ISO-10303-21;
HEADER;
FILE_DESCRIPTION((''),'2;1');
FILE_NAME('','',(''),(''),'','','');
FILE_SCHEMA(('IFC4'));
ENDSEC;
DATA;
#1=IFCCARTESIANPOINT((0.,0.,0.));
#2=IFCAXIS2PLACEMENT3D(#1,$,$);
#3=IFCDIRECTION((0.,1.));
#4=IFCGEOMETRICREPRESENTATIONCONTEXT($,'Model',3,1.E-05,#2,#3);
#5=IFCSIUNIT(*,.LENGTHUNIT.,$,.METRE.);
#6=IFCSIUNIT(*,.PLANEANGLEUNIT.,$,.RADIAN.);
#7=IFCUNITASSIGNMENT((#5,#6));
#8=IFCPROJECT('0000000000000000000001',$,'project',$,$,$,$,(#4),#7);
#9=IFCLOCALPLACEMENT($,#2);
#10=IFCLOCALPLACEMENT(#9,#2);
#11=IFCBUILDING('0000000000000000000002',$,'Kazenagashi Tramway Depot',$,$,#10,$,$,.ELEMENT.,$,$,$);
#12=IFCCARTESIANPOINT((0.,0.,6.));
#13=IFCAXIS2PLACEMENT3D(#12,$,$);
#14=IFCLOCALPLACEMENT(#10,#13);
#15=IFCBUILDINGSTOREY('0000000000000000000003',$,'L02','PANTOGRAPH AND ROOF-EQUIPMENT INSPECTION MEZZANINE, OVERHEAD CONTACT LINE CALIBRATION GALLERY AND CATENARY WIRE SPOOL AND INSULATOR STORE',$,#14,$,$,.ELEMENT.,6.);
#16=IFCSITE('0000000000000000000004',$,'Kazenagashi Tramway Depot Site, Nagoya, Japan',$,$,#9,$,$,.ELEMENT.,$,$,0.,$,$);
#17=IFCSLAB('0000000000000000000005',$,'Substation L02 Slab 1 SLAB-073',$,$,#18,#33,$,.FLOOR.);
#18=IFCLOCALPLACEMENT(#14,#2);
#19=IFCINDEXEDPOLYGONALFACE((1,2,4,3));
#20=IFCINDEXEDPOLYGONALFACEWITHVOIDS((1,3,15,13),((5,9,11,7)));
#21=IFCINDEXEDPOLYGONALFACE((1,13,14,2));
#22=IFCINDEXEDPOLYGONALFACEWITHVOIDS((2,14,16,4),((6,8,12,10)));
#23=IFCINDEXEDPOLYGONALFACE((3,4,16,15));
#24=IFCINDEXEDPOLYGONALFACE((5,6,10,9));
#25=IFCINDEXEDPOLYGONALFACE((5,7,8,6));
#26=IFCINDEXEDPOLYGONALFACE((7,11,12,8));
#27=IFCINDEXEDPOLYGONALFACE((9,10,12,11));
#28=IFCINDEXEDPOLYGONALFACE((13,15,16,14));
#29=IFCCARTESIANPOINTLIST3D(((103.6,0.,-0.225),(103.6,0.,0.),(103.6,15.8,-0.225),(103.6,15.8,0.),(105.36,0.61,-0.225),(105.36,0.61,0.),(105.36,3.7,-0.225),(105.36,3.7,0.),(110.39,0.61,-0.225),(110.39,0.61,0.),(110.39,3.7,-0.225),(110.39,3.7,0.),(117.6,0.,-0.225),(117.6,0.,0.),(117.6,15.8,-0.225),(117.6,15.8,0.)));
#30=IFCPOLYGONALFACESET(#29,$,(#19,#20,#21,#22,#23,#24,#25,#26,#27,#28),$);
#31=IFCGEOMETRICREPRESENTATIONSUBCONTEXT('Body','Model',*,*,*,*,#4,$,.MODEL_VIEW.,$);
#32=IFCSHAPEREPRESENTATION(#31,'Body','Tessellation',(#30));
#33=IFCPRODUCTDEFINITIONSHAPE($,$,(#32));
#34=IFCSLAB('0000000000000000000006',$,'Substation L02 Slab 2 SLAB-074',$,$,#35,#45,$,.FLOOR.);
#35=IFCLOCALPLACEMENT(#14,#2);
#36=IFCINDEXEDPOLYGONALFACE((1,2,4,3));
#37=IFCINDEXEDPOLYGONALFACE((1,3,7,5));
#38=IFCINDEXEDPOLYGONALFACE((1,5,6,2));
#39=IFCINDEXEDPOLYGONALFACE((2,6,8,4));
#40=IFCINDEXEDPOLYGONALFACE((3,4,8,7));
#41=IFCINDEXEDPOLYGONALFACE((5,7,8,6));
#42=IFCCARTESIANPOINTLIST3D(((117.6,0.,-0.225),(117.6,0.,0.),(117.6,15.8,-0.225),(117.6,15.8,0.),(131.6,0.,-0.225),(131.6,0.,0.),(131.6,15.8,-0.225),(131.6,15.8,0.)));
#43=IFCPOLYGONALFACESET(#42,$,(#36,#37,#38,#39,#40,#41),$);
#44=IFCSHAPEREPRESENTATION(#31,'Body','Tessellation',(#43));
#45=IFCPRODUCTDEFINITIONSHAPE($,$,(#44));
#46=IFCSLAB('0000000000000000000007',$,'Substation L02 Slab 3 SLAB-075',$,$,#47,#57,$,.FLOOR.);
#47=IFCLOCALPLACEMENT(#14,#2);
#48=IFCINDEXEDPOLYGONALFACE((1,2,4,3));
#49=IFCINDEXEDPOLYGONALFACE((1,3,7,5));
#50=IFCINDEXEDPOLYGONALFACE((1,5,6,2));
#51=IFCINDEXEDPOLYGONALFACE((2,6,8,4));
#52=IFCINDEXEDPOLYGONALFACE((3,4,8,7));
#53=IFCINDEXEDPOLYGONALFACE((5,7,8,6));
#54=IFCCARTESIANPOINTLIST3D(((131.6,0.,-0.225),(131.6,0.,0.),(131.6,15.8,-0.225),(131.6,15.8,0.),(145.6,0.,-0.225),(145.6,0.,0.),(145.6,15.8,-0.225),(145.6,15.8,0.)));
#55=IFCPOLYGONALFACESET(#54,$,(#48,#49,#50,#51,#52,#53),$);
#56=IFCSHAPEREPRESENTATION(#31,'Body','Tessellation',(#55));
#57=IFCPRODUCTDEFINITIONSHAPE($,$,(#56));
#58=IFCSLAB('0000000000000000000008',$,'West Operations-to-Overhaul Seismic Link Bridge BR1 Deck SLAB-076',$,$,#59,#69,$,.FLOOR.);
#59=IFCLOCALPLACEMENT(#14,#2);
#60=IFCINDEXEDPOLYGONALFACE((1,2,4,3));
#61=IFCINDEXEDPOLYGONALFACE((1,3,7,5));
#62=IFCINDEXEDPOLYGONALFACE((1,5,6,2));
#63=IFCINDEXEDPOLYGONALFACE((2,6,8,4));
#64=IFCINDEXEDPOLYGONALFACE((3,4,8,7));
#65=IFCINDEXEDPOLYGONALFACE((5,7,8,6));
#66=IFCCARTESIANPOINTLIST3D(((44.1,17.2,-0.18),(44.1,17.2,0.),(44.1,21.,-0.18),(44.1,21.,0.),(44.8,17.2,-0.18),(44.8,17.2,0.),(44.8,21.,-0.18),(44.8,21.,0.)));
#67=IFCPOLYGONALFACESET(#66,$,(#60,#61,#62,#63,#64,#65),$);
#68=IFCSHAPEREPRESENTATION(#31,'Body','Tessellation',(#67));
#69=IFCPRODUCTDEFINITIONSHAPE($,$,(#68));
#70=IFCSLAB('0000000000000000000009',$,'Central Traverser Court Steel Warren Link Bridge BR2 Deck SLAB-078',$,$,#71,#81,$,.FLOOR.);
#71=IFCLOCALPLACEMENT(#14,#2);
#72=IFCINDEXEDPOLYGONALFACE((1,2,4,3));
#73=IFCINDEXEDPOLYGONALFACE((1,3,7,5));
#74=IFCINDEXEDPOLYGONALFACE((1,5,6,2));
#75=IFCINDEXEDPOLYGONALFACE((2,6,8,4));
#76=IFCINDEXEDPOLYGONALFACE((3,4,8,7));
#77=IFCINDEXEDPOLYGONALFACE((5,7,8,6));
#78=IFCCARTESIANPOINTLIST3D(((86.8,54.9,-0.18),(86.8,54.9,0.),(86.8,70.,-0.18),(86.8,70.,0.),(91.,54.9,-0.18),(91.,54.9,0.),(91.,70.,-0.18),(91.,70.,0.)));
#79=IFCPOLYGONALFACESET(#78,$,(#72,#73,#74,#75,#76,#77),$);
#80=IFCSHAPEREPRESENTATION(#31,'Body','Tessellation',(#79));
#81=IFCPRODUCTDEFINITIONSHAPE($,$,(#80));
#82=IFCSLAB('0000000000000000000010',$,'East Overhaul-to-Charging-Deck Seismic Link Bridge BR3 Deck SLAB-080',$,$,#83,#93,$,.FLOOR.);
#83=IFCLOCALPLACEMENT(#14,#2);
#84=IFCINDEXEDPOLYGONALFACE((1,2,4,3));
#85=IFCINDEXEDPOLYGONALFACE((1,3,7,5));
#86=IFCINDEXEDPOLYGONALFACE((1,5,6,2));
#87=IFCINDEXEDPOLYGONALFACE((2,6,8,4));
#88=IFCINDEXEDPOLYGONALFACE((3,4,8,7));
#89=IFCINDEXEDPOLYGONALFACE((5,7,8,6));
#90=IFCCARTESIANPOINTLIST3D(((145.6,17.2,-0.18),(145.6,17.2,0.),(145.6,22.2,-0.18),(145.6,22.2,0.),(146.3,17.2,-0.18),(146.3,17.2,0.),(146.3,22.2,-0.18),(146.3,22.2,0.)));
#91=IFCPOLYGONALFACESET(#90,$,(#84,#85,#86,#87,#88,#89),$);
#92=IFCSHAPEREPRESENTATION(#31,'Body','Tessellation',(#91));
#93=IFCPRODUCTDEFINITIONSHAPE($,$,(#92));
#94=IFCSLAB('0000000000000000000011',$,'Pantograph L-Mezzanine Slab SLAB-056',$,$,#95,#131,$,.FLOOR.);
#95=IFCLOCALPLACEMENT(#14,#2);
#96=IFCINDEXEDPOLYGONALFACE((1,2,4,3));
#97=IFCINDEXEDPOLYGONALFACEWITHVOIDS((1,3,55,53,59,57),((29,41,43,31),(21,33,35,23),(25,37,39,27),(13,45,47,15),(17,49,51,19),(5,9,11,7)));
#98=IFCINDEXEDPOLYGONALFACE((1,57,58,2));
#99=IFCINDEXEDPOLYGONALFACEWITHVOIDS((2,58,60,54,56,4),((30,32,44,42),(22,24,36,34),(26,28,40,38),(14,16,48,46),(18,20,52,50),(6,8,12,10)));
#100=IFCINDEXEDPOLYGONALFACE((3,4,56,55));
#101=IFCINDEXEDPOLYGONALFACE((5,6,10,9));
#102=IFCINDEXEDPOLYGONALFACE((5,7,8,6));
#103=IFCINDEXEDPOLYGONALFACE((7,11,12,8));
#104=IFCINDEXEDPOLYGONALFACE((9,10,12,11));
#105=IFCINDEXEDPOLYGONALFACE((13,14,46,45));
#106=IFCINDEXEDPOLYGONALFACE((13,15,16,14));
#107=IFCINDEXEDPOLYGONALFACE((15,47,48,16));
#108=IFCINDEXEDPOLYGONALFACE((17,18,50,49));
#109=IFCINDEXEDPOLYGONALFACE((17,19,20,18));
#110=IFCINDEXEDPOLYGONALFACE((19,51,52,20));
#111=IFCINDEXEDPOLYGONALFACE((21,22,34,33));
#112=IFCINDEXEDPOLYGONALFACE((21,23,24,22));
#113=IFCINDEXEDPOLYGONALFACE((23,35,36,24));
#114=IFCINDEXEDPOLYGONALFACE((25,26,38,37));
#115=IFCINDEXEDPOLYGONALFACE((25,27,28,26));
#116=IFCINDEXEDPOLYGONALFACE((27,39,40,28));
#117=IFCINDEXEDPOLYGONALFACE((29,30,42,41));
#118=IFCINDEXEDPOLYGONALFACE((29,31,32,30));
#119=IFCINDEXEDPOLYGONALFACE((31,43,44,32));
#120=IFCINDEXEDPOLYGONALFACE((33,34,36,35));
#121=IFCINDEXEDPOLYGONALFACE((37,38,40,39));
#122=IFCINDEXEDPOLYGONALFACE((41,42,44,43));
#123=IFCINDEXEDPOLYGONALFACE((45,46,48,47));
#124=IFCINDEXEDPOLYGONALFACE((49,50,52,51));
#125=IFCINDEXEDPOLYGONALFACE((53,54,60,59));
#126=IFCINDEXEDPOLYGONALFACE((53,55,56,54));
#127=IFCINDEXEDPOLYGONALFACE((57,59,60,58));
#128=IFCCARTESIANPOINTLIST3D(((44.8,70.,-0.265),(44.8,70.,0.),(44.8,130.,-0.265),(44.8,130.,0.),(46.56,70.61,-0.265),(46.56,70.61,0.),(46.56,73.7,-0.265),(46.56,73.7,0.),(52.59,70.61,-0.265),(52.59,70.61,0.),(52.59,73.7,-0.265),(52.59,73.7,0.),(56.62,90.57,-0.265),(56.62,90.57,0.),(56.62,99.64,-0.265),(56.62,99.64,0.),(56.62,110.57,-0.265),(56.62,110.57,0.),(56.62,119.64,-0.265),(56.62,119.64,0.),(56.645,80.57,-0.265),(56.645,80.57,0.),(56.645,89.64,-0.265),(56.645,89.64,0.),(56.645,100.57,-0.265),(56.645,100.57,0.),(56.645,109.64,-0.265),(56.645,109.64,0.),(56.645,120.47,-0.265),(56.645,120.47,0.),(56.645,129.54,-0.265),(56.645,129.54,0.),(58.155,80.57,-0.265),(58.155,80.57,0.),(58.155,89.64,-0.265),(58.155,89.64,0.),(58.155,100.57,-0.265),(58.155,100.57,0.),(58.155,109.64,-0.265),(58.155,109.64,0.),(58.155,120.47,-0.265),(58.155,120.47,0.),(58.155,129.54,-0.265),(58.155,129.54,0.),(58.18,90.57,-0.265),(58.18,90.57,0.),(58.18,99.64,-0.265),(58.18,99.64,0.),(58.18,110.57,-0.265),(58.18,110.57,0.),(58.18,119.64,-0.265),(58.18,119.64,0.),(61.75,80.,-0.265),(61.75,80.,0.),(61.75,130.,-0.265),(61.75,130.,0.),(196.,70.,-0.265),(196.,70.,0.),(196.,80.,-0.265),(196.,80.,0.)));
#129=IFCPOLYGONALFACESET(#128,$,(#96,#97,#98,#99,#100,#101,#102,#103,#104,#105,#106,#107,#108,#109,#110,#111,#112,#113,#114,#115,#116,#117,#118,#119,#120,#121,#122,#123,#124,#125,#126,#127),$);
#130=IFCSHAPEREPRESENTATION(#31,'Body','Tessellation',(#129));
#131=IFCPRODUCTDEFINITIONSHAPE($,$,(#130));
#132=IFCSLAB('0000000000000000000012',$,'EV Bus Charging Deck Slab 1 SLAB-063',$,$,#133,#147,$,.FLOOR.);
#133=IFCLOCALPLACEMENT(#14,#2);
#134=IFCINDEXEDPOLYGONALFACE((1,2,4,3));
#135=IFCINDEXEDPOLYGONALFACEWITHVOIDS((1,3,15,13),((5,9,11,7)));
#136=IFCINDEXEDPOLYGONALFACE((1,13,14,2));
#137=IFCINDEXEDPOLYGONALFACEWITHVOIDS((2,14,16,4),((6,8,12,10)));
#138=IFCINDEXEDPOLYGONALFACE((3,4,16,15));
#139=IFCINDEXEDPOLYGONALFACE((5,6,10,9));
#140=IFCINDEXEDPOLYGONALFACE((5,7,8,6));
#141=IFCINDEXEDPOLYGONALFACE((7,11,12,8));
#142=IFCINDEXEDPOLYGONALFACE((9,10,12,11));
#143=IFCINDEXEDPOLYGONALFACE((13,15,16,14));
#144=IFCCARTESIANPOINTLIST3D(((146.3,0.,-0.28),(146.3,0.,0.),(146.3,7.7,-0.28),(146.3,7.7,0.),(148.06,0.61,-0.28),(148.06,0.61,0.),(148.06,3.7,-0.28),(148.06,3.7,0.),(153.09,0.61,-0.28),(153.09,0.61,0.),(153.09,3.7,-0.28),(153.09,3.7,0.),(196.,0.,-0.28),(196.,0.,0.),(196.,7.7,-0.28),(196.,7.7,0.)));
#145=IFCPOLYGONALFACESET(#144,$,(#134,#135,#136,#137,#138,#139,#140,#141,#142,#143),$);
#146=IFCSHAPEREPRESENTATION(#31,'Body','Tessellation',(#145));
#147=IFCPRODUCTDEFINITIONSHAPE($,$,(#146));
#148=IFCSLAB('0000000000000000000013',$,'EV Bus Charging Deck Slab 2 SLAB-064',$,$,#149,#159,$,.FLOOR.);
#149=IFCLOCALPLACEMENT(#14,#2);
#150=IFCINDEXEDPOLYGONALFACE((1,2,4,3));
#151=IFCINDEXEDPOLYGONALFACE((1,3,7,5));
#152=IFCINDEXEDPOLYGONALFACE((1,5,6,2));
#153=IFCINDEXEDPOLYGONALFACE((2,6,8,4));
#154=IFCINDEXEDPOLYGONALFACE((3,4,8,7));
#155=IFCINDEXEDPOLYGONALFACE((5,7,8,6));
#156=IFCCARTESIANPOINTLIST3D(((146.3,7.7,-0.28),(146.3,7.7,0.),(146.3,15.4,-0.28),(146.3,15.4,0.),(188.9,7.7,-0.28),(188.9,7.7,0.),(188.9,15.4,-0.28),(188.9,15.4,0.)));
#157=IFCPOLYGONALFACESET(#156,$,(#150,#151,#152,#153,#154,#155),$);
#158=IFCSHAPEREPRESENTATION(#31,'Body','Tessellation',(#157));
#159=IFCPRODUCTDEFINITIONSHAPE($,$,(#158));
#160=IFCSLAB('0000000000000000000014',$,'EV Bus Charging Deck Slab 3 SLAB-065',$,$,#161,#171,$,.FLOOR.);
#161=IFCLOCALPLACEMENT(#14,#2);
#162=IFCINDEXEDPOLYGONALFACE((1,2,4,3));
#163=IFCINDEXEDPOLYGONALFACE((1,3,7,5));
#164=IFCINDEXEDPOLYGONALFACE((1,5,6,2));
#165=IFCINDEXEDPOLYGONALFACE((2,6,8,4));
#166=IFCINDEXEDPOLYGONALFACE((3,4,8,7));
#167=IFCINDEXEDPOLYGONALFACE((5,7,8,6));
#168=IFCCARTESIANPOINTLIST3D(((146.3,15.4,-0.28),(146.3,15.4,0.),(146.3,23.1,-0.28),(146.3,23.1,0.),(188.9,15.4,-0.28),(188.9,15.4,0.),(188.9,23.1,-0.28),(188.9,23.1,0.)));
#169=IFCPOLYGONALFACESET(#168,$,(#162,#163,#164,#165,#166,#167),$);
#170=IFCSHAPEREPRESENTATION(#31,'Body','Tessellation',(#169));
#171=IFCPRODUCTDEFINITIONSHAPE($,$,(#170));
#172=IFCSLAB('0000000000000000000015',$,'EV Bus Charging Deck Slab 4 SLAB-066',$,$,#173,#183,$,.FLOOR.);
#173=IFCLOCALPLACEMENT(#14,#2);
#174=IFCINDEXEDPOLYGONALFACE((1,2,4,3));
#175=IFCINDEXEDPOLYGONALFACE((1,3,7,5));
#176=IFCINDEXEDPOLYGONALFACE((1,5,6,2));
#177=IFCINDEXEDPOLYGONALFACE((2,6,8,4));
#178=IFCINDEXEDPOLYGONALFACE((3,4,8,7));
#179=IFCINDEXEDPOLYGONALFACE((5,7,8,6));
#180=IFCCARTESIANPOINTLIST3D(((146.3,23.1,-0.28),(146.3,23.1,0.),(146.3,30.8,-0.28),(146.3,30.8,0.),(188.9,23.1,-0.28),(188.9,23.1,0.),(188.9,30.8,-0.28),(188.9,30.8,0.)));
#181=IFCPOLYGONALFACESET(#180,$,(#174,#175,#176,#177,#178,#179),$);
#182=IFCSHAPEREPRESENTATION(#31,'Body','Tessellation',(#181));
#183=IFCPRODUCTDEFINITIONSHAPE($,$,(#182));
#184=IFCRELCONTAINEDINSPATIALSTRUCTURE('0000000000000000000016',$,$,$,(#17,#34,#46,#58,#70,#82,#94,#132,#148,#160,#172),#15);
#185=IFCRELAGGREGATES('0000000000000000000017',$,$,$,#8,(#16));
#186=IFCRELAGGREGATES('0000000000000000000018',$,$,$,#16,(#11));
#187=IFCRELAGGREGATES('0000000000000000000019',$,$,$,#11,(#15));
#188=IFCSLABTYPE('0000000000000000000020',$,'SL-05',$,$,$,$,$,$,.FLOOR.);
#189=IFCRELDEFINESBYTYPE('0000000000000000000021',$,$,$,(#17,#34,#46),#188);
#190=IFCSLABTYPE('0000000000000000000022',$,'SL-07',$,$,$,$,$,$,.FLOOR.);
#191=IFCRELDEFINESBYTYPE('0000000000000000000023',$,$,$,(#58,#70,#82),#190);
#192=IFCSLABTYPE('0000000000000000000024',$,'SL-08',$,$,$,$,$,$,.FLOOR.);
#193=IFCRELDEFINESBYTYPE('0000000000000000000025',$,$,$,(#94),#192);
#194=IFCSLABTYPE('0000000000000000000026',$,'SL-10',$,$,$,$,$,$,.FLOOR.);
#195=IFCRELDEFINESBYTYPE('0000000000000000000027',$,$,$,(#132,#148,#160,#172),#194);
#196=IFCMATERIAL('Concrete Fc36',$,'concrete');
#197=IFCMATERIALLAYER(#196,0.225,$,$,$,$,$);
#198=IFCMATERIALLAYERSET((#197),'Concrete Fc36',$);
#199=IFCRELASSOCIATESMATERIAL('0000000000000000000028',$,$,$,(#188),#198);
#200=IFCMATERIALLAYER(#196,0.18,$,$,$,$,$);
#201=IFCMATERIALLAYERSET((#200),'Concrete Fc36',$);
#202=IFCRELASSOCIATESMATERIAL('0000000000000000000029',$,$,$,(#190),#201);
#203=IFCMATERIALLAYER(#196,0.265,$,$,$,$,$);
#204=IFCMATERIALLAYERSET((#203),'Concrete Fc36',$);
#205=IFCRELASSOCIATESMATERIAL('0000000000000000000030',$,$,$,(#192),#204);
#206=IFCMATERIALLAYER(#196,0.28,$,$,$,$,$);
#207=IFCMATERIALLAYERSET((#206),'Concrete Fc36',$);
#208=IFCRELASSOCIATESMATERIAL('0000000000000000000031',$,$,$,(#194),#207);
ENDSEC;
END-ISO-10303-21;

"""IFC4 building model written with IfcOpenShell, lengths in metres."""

from ifc_helpers import new_model, si_unit, direction, frame, origin, place, context, subcontext, project, spatial, polyline, outline, extrude, material, layer, layer_set, type_object, element, save


model = new_model("IFC4")

# Units and contexts
model_context = context("Model", 3, precision=1e-05, world=origin(), true_north=direction((0.0, 1.0)))
body_context = subcontext(model_context, "Body", "Model", "MODEL_VIEW")
ifc_project = project(units=[si_unit("LENGTHUNIT", "METRE"), si_unit("PLANEANGLEUNIT", "RADIAN")], contexts=[model_context])

# Site, building, storey
site_placement = place(None, origin())
site = spatial("IfcSite", under=ifc_project, at=site_placement, Name="Kazenagashi Tramway Depot Site, Nagoya, Japan", CompositionType="ELEMENT", RefElevation=0.0)
building_placement = place(site_placement, origin())
building = spatial("IfcBuilding", under=site, at=building_placement, Name="Kazenagashi Tramway Depot", CompositionType="ELEMENT")
storey_placement = place(building_placement, frame((0.0, 0.0, 6.0)))
storey = spatial("IfcBuildingStorey", under=building, at=storey_placement, Name="L02", Description="PANTOGRAPH AND ROOF-EQUIPMENT INSPECTION MEZZANINE, OVERHEAD CONTACT LINE CALIBRATION GALLERY AND CATENARY WIRE SPOOL AND INSULATOR STORE", CompositionType="ELEMENT", Elevation=6.0)

# Slabs
ifc_material_1 = material(Name="Concrete Fc36", Category="concrete")
ifc_layer_1 = layer(ifc_material_1, 0.225)
ifc_layer_set_1 = layer_set([ifc_layer_1], Name="Concrete Fc36")
slab_type_1 = type_object("IfcSlabType", Name="SL-05", PredefinedType="FLOOR", material=ifc_layer_set_1)
slab_1_placement = place(storey_placement, frame((0.0, 0.0, -0.225)))
element("IfcSlab", 1, at=slab_1_placement, inside=storey, type_object=slab_type_1, Name="Substation L02 Slab 1 SLAB-073", PredefinedType="FLOOR", context=body_context, shape_type="SweptSolid", body=[
    extrude(outline(polyline([(103.6, 15.8), (117.6, 15.8), (117.6, 0.0), (103.6, 0.0), (103.6, 15.8)]), holes=[polyline([(110.39, 3.7), (105.36, 3.7), (105.36, 0.61), (110.39, 0.61), (110.39, 3.7)])]), origin(), (0.0, 0.0, 1.0), 0.225),
])
slab_2_placement = place(storey_placement, frame((0.0, 0.0, -0.225)))
element("IfcSlab", 2, at=slab_2_placement, inside=storey, type_object=slab_type_1, Name="Substation L02 Slab 2 SLAB-074", PredefinedType="FLOOR", context=body_context, shape_type="SweptSolid", body=[
    extrude(outline(polyline([(117.6, 0.0), (131.6, 0.0), (131.6, 15.8), (117.6, 15.8), (117.6, 0.0)])), origin(), (0.0, 0.0, 1.0), 0.225),
])
slab_3_placement = place(storey_placement, frame((0.0, 0.0, -0.225)))
element("IfcSlab", 3, at=slab_3_placement, inside=storey, type_object=slab_type_1, Name="Substation L02 Slab 3 SLAB-075", PredefinedType="FLOOR", context=body_context, shape_type="SweptSolid", body=[
    extrude(outline(polyline([(131.6, 0.0), (145.6, 0.0), (145.6, 15.8), (131.6, 15.8), (131.6, 0.0)])), origin(), (0.0, 0.0, 1.0), 0.225),
])
ifc_layer_2 = layer(ifc_material_1, 0.18)
ifc_layer_set_2 = layer_set([ifc_layer_2], Name="Concrete Fc36")
slab_type_2 = type_object("IfcSlabType", Name="SL-07", PredefinedType="FLOOR", material=ifc_layer_set_2)
slab_4_placement = place(storey_placement, frame((0.0, 0.0, -0.18)))
element("IfcSlab", 4, at=slab_4_placement, inside=storey, type_object=slab_type_2, Name="West Operations-to-Overhaul Seismic Link Bridge BR1 Deck SLAB-076", PredefinedType="FLOOR", context=body_context, shape_type="SweptSolid", body=[
    extrude(outline(polyline([(44.1, 17.2), (44.8, 17.2), (44.8, 21.0), (44.1, 21.0), (44.1, 17.2)])), origin(), (0.0, 0.0, 1.0), 0.18),
])
slab_5_placement = place(storey_placement, frame((0.0, 0.0, -0.18)))
element("IfcSlab", 5, at=slab_5_placement, inside=storey, type_object=slab_type_2, Name="Central Traverser Court Steel Warren Link Bridge BR2 Deck SLAB-078", PredefinedType="FLOOR", context=body_context, shape_type="SweptSolid", body=[
    extrude(outline(polyline([(86.8, 54.9), (91.0, 54.9), (91.0, 70.0), (86.8, 70.0), (86.8, 54.9)])), origin(), (0.0, 0.0, 1.0), 0.18),
])
slab_6_placement = place(storey_placement, frame((0.0, 0.0, -0.18)))
element("IfcSlab", 6, at=slab_6_placement, inside=storey, type_object=slab_type_2, Name="East Overhaul-to-Charging-Deck Seismic Link Bridge BR3 Deck SLAB-080", PredefinedType="FLOOR", context=body_context, shape_type="SweptSolid", body=[
    extrude(outline(polyline([(145.6, 17.2), (146.3, 17.2), (146.3, 22.2), (145.6, 22.2), (145.6, 17.2)])), origin(), (0.0, 0.0, 1.0), 0.18),
])
ifc_layer_3 = layer(ifc_material_1, 0.265)
ifc_layer_set_3 = layer_set([ifc_layer_3], Name="Concrete Fc36")
slab_type_3 = type_object("IfcSlabType", Name="SL-08", PredefinedType="FLOOR", material=ifc_layer_set_3)
slab_7_placement = place(storey_placement, frame((0.0, 0.0, -0.265)))
element("IfcSlab", 7, at=slab_7_placement, inside=storey, type_object=slab_type_3, Name="Pantograph L-Mezzanine Slab SLAB-056", PredefinedType="FLOOR", context=body_context, shape_type="SweptSolid", body=[
    extrude(outline(polyline([(44.8, 130.0), (61.75, 130.0), (61.75, 80.0), (196.0, 80.0), (196.0, 70.0), (44.8, 70.0), (44.8, 130.0)]), holes=[polyline([(46.56, 70.61), (52.59, 70.61), (52.59, 73.7), (46.56, 73.7), (46.56, 70.61)]), polyline([(56.645, 89.64), (56.645, 80.57), (58.155, 80.57), (58.155, 89.64), (56.645, 89.64)]), polyline([(56.62, 99.64), (56.62, 90.57), (58.18, 90.57), (58.18, 99.64), (56.62, 99.64)]), polyline([(56.645, 100.57), (58.155, 100.57), (58.155, 109.64), (56.645, 109.64), (56.645, 100.57)]), polyline([(56.62, 119.64), (56.62, 110.57), (58.18, 110.57), (58.18, 119.64), (56.62, 119.64)]), polyline([(56.645, 129.54), (56.645, 120.47), (58.155, 120.47), (58.155, 129.54), (56.645, 129.54)])]), origin(), (0.0, 0.0, 1.0), 0.265),
])
ifc_layer_4 = layer(ifc_material_1, 0.28)
ifc_layer_set_4 = layer_set([ifc_layer_4], Name="Concrete Fc36")
slab_type_4 = type_object("IfcSlabType", Name="SL-10", PredefinedType="FLOOR", material=ifc_layer_set_4)
slab_8_placement = place(storey_placement, frame((0.0, 0.0, -0.28)))
element("IfcSlab", 8, at=slab_8_placement, inside=storey, type_object=slab_type_4, Name="EV Bus Charging Deck Slab 1 SLAB-063", PredefinedType="FLOOR", context=body_context, shape_type="SweptSolid", body=[
    extrude(outline(polyline([(146.3, 7.7), (196.0, 7.7), (196.0, 0.0), (146.3, 0.0), (146.3, 7.7)]), holes=[polyline([(153.09, 3.7), (148.06, 3.7), (148.06, 0.61), (153.09, 0.61), (153.09, 3.7)])]), origin(), (0.0, 0.0, 1.0), 0.28),
])
slab_9_placement = place(storey_placement, frame((0.0, 0.0, -0.28)))
element("IfcSlab", 9, at=slab_9_placement, inside=storey, type_object=slab_type_4, Name="EV Bus Charging Deck Slab 2 SLAB-064", PredefinedType="FLOOR", context=body_context, shape_type="SweptSolid", body=[
    extrude(outline(polyline([(146.3, 7.7), (188.9, 7.7), (188.9, 15.4), (146.3, 15.4), (146.3, 7.7)])), origin(), (0.0, 0.0, 1.0), 0.28),
])
slab_10_placement = place(storey_placement, frame((0.0, 0.0, -0.28)))
element("IfcSlab", 10, at=slab_10_placement, inside=storey, type_object=slab_type_4, Name="EV Bus Charging Deck Slab 3 SLAB-065", PredefinedType="FLOOR", context=body_context, shape_type="SweptSolid", body=[
    extrude(outline(polyline([(146.3, 15.4), (188.9, 15.4), (188.9, 23.1), (146.3, 23.1), (146.3, 15.4)])), origin(), (0.0, 0.0, 1.0), 0.28),
])
slab_11_placement = place(storey_placement, frame((0.0, 0.0, -0.28)))
element("IfcSlab", 11, at=slab_11_placement, inside=storey, type_object=slab_type_4, Name="EV Bus Charging Deck Slab 4 SLAB-066", PredefinedType="FLOOR", context=body_context, shape_type="SweptSolid", body=[
    extrude(outline(polyline([(146.3, 23.1), (188.9, 23.1), (188.9, 30.8), (146.3, 30.8), (146.3, 23.1)])), origin(), (0.0, 0.0, 1.0), 0.28),
])

save(model, "model.ifc")
